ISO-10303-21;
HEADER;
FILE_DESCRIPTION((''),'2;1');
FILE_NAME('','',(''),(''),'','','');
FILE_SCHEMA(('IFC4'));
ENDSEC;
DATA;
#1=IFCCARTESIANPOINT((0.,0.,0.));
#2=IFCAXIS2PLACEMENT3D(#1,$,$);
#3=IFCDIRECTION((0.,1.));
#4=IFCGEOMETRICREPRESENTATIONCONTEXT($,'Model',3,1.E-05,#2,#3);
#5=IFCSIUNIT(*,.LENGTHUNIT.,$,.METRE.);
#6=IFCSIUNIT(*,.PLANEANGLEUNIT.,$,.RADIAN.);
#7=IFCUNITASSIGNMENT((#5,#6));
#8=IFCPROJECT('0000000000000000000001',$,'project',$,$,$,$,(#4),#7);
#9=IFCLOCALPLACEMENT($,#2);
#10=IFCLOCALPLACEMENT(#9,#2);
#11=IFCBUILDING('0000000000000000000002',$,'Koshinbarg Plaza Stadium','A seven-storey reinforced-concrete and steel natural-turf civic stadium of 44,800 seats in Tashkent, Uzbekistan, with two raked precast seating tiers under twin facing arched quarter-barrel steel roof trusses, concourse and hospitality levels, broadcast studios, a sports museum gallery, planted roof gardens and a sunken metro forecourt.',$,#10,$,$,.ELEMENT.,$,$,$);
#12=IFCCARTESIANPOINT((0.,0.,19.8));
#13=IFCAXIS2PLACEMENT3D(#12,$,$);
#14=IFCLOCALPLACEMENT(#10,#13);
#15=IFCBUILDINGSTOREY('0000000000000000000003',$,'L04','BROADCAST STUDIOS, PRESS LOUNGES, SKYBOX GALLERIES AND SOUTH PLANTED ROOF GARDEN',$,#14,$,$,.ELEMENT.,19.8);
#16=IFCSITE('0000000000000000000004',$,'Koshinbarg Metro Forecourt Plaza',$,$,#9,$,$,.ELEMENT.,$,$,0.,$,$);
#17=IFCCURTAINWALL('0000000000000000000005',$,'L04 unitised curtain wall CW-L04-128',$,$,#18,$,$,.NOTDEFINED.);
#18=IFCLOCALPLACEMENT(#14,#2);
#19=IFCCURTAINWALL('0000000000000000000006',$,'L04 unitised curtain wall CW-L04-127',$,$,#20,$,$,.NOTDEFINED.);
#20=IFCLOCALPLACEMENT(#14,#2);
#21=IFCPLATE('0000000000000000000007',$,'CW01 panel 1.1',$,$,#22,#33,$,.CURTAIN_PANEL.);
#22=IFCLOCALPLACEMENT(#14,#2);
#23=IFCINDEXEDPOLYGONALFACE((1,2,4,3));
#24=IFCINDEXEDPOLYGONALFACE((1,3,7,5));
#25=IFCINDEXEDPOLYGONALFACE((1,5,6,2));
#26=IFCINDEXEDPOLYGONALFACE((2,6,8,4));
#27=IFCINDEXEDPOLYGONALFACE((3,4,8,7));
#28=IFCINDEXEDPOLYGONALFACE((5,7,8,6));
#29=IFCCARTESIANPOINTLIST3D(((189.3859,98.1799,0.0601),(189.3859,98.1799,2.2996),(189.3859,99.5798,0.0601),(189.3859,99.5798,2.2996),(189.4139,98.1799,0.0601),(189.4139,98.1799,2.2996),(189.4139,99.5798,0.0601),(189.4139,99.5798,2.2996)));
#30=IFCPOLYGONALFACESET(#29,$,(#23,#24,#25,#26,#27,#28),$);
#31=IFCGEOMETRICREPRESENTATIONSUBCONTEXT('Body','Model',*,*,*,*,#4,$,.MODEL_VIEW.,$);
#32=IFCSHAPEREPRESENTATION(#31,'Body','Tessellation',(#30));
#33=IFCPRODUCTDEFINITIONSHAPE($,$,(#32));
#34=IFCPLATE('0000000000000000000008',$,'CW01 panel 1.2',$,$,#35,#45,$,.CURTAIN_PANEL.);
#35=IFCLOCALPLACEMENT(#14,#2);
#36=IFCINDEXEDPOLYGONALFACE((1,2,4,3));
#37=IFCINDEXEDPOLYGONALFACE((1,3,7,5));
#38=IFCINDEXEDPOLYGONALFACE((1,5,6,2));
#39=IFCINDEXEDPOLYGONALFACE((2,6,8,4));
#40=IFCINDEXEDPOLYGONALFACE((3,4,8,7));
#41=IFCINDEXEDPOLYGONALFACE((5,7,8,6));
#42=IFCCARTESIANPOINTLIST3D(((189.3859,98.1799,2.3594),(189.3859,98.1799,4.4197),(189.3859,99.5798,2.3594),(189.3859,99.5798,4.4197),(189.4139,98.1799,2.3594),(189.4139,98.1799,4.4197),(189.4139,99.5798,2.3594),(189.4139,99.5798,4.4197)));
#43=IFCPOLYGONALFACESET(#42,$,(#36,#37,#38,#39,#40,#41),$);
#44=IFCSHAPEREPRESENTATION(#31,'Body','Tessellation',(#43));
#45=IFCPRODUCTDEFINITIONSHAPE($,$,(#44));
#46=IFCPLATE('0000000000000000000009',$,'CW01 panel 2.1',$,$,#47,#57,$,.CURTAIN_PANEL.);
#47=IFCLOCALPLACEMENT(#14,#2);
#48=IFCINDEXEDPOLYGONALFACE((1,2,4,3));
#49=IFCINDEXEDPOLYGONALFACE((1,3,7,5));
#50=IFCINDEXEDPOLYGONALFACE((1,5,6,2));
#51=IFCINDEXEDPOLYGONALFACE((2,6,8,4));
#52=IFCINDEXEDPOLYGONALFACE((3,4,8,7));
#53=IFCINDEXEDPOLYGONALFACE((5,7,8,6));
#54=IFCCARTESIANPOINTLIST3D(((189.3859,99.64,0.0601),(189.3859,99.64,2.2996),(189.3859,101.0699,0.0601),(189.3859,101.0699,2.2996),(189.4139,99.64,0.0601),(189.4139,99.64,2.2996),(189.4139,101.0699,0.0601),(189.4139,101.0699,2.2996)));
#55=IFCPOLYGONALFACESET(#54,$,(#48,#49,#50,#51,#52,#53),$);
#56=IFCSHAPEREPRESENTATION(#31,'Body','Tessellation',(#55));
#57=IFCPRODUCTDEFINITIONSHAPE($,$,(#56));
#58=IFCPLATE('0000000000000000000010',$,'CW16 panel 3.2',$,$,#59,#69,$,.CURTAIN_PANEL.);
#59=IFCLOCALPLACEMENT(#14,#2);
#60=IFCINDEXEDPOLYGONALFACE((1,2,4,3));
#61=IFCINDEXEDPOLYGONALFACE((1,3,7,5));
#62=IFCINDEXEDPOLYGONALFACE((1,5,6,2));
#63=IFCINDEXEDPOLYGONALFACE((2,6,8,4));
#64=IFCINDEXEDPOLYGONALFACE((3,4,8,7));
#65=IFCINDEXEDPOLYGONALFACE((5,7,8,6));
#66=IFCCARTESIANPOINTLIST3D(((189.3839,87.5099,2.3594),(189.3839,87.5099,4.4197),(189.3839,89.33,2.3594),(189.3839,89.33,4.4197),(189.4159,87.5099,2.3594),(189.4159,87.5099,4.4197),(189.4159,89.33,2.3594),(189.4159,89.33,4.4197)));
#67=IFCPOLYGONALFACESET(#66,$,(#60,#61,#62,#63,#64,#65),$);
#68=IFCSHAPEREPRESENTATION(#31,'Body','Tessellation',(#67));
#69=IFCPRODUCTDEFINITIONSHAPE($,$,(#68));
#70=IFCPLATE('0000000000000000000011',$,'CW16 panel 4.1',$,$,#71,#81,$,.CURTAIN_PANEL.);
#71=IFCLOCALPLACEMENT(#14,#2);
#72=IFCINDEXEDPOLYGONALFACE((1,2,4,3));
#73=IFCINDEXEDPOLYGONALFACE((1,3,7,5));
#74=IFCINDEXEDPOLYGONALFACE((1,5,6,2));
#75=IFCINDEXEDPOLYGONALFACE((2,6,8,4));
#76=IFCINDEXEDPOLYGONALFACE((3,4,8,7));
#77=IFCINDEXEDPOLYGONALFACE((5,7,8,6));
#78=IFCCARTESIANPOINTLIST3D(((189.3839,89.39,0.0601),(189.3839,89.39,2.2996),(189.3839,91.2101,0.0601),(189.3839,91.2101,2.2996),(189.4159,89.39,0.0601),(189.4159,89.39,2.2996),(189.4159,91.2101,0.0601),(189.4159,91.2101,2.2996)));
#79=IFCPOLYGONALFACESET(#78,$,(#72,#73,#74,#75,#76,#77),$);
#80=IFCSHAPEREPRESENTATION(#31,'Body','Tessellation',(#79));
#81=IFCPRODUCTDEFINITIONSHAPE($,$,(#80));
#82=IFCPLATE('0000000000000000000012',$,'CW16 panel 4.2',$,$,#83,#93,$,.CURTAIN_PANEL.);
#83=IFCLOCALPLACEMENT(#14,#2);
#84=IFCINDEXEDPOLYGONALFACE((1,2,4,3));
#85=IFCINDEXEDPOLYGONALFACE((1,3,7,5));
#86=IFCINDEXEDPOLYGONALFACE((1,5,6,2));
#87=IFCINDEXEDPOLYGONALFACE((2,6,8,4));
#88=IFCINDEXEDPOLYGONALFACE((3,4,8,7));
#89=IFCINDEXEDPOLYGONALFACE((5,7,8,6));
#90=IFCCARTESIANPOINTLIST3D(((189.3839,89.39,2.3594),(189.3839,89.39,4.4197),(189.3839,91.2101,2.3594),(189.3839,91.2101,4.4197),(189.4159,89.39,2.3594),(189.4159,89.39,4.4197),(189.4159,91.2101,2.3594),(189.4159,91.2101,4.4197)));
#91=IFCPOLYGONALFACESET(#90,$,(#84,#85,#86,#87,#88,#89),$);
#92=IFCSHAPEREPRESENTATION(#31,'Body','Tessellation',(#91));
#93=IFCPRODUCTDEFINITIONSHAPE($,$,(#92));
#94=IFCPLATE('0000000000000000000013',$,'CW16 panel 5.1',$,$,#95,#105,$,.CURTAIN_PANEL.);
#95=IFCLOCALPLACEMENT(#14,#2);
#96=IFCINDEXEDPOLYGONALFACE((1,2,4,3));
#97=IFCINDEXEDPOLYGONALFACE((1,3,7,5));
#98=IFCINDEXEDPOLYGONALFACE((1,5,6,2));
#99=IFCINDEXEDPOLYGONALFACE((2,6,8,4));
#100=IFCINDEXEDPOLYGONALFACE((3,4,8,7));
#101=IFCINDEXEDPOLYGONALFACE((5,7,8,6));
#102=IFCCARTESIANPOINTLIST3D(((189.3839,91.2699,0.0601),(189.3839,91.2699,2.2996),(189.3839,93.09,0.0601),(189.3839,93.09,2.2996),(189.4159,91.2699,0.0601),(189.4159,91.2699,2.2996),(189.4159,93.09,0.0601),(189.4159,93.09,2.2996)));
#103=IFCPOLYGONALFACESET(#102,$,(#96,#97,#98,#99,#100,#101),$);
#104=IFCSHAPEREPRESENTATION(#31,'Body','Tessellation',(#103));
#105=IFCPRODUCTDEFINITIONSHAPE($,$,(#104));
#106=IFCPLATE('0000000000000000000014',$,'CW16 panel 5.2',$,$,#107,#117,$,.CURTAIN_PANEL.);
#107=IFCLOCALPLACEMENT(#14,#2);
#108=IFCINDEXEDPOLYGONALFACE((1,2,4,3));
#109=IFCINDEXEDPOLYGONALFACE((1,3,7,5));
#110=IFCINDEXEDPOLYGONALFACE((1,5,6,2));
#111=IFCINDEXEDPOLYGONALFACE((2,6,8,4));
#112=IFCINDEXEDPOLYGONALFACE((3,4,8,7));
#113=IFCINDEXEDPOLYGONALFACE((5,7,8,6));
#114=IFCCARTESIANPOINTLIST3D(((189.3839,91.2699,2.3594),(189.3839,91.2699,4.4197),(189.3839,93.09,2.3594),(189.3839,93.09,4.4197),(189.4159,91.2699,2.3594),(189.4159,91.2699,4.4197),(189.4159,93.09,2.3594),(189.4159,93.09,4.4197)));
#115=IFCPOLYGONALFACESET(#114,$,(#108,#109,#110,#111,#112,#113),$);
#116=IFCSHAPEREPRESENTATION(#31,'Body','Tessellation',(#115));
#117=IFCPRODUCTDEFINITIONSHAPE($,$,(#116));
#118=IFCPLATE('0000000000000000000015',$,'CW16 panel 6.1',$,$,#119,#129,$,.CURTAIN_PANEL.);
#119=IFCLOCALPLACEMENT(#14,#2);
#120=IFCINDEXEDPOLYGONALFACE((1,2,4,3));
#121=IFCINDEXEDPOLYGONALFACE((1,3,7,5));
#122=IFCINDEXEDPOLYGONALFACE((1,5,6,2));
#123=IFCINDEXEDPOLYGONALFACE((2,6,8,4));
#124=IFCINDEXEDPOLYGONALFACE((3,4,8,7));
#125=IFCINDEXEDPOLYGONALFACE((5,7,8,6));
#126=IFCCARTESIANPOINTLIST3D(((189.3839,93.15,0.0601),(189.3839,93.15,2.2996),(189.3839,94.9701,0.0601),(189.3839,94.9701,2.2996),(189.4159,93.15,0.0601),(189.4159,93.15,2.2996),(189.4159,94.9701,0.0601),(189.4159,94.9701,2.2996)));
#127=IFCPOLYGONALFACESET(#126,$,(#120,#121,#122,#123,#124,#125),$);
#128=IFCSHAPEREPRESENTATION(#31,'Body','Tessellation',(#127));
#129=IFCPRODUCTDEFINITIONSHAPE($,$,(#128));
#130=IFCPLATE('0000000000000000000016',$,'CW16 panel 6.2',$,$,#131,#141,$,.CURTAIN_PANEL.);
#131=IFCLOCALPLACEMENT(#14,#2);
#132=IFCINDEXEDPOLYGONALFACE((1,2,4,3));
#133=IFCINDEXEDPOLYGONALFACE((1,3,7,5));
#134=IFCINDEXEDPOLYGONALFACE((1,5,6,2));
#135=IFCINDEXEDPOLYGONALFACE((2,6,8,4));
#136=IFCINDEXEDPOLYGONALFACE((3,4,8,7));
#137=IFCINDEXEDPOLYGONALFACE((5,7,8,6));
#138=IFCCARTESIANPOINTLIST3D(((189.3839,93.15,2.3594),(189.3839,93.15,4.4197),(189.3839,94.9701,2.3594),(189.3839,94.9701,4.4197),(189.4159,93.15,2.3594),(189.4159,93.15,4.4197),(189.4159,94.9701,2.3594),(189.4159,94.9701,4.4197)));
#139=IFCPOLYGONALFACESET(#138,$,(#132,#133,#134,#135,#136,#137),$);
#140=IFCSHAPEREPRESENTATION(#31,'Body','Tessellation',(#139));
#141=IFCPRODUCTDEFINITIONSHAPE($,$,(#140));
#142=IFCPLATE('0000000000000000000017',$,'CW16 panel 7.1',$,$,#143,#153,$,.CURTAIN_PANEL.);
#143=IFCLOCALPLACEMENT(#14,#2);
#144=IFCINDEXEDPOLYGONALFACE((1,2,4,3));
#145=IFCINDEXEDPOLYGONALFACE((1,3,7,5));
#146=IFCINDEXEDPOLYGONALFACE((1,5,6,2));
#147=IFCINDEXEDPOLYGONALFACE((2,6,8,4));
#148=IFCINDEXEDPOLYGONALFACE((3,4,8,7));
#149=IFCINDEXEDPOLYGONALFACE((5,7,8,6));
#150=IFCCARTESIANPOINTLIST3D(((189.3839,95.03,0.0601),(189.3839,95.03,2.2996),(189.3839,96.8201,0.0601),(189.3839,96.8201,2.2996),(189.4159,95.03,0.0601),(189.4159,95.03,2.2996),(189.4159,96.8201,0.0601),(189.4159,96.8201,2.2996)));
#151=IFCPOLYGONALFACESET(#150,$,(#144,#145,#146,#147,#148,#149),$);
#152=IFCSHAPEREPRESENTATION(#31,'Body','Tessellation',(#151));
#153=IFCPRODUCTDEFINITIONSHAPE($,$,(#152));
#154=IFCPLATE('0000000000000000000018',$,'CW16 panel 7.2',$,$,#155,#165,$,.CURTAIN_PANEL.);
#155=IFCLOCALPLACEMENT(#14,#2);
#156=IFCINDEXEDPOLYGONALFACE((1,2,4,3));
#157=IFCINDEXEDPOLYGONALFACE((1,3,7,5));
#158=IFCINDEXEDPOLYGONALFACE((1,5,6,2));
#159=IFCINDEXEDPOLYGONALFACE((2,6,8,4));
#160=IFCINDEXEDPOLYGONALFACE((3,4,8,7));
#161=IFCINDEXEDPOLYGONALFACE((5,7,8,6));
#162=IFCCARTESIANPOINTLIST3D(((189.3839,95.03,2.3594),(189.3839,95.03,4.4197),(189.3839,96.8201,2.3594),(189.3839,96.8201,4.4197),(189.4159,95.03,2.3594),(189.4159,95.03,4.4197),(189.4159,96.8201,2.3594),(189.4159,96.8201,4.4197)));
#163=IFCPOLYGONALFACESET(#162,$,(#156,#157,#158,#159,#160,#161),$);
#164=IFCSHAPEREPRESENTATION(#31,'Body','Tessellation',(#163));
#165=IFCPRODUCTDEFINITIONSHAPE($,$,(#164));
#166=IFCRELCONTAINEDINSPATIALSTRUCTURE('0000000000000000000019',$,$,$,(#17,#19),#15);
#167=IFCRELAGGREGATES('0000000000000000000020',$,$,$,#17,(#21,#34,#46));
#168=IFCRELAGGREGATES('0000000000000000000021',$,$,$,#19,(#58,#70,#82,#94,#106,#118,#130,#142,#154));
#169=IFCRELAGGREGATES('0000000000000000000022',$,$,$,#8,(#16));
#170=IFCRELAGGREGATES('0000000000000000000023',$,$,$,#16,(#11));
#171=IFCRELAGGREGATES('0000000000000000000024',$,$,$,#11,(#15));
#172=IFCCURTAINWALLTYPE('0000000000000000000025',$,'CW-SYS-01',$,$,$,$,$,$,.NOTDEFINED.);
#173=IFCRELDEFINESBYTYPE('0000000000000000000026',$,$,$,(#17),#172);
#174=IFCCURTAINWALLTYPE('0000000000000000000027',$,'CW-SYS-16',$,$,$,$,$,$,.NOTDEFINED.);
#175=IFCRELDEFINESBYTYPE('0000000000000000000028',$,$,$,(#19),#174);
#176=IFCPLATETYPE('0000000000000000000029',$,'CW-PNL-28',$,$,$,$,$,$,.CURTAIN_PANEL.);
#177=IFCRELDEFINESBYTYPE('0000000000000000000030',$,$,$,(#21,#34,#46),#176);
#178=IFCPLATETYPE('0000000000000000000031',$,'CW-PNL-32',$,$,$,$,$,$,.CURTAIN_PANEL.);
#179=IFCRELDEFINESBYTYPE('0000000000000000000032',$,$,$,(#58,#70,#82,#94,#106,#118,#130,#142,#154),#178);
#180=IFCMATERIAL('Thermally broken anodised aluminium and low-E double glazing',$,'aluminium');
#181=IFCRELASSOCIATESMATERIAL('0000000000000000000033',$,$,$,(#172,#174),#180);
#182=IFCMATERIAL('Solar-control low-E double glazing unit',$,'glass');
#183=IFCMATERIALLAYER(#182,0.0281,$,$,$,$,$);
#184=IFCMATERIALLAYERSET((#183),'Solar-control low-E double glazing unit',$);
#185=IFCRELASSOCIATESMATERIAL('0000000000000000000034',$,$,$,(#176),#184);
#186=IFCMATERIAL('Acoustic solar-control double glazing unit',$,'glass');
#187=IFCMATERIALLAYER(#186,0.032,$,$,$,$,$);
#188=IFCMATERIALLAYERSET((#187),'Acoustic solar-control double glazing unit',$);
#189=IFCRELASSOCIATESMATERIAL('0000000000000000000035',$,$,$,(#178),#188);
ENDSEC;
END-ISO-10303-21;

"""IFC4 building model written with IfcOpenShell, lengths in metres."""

from ifc_helpers import new_model, si_unit, direction, frame, origin, origin_2d, place, context, subcontext, project, spatial, rectangle, extrude, material, layer, layer_set, type_object, element, aggregate, save


model = new_model("IFC4")

# Units and contexts
model_context = context("Model", 3, precision=1e-05, world=origin(), true_north=direction((0.0, 1.0)))
body_context = subcontext(model_context, "Body", "Model", "MODEL_VIEW")
ifc_project = project(units=[si_unit("LENGTHUNIT", "METRE"), si_unit("PLANEANGLEUNIT", "RADIAN")], contexts=[model_context])

# Site, building, storey
site_placement = place(None, origin())
site = spatial("IfcSite", under=ifc_project, at=site_placement, Name="Koshinbarg Metro Forecourt Plaza", CompositionType="ELEMENT", RefElevation=0.0)
building_placement = place(site_placement, origin())
building = spatial("IfcBuilding", under=site, at=building_placement, Name="Koshinbarg Plaza Stadium", Description="A seven-storey reinforced-concrete and steel natural-turf civic stadium of 44,800 seats in Tashkent, Uzbekistan, with two raked precast seating tiers under twin facing arched quarter-barrel steel roof trusses, concourse and hospitality levels, broadcast studios, a sports museum gallery, planted roof gardens and a sunken metro forecourt.", CompositionType="ELEMENT")
storey_placement = place(building_placement, frame((0.0, 0.0, 19.8)))
storey = spatial("IfcBuildingStorey", under=building, at=storey_placement, Name="L04", Description="BROADCAST STUDIOS, PRESS LOUNGES, SKYBOX GALLERIES AND SOUTH PLANTED ROOF GARDEN", CompositionType="ELEMENT", Elevation=19.8)

# Curtain walls
ifc_material_1 = material(Name="Thermally broken anodised aluminium and low-E double glazing", Category="aluminium")
curtain_wall_type_1 = type_object("IfcCurtainWallType", Name="CW-SYS-01", PredefinedType="NOTDEFINED", material=ifc_material_1)
curtain_wall_1_placement = place(storey_placement, origin())
curtain_wall_1 = element("IfcCurtainWall", 1, at=curtain_wall_1_placement, inside=storey, type_object=curtain_wall_type_1, Name="L04 unitised curtain wall CW-L04-128", PredefinedType="NOTDEFINED")
curtain_wall_type_2 = type_object("IfcCurtainWallType", Name="CW-SYS-16", PredefinedType="NOTDEFINED", material=ifc_material_1)
curtain_wall_2_placement = place(storey_placement, origin())
curtain_wall_2 = element("IfcCurtainWall", 2, at=curtain_wall_2_placement, inside=storey, type_object=curtain_wall_type_2, Name="L04 unitised curtain wall CW-L04-127", PredefinedType="NOTDEFINED")

# Plates
ifc_material_2 = material(Name="Solar-control low-E double glazing unit", Category="glass")
ifc_layer_1 = layer(ifc_material_2, 0.0281)
ifc_layer_set_1 = layer_set([ifc_layer_1], Name="Solar-control low-E double glazing unit")
plate_type_1 = type_object("IfcPlateType", Name="CW-PNL-28", PredefinedType="CURTAIN_PANEL", material=ifc_layer_set_1)
plate_1_placement = place(storey_placement, frame((189.3999, 98.8799, 0.0601), z_axis=(0.0, 0.0, 1.0), x_axis=(0.0, 1.0, 0.0)))
plate_1 = element("IfcPlate", 3, at=plate_1_placement, type_object=plate_type_1, Name="CW01 panel 1.1", PredefinedType="CURTAIN_PANEL", context=body_context, shape_type="SweptSolid", body=[
    extrude(rectangle(XDim=1.3999, YDim=0.0281, at=origin_2d()), origin(), (0.0, 0.0, 1.0), 2.2395),
])
plate_2_placement = place(storey_placement, frame((189.3999, 98.8799, 2.3594), z_axis=(0.0, 0.0, 1.0), x_axis=(0.0, 1.0, 0.0)))
plate_2 = element("IfcPlate", 4, at=plate_2_placement, type_object=plate_type_1, Name="CW01 panel 1.2", PredefinedType="CURTAIN_PANEL", context=body_context, shape_type="SweptSolid", body=[
    extrude(rectangle(XDim=1.3999, YDim=0.0281, at=origin_2d()), origin(), (0.0, 0.0, 1.0), 2.0603),
])
plate_3_placement = place(storey_placement, frame((189.3999, 100.355, 0.0601), z_axis=(0.0, 0.0, 1.0), x_axis=(0.0, 1.0, 0.0)))
plate_3 = element("IfcPlate", 5, at=plate_3_placement, type_object=plate_type_1, Name="CW01 panel 2.1", PredefinedType="CURTAIN_PANEL", context=body_context, shape_type="SweptSolid", body=[
    extrude(rectangle(XDim=1.4299, YDim=0.0281, at=origin_2d()), origin(), (0.0, 0.0, 1.0), 2.2395),
])
aggregate(curtain_wall_1, [plate_1, plate_2, plate_3])
ifc_material_3 = material(Name="Acoustic solar-control double glazing unit", Category="glass")
ifc_layer_2 = layer(ifc_material_3, 0.032)
ifc_layer_set_2 = layer_set([ifc_layer_2], Name="Acoustic solar-control double glazing unit")
plate_type_2 = type_object("IfcPlateType", Name="CW-PNL-32", PredefinedType="CURTAIN_PANEL", material=ifc_layer_set_2)
plate_4_placement = place(storey_placement, frame((189.3999, 88.4199, 2.3594), z_axis=(0.0, 0.0, 1.0), x_axis=(0.0, 1.0, 0.0)))
plate_4 = element("IfcPlate", 6, at=plate_4_placement, type_object=plate_type_2, Name="CW16 panel 3.2", PredefinedType="CURTAIN_PANEL", context=body_context, shape_type="SweptSolid", body=[
    extrude(rectangle(XDim=1.8201, YDim=0.032, at=origin_2d()), origin(), (0.0, 0.0, 1.0), 2.0603),
])
plate_5_placement = place(storey_placement, frame((189.3999, 90.3, 0.0601), z_axis=(0.0, 0.0, 1.0), x_axis=(0.0, 1.0, 0.0)))
plate_5 = element("IfcPlate", 7, at=plate_5_placement, type_object=plate_type_2, Name="CW16 panel 4.1", PredefinedType="CURTAIN_PANEL", context=body_context, shape_type="SweptSolid", body=[
    extrude(rectangle(XDim=1.8201, YDim=0.032, at=origin_2d()), origin(), (0.0, 0.0, 1.0), 2.2395),
])
plate_6_placement = place(storey_placement, frame((189.3999, 90.3, 2.3594), z_axis=(0.0, 0.0, 1.0), x_axis=(0.0, 1.0, 0.0)))
plate_6 = element("IfcPlate", 8, at=plate_6_placement, type_object=plate_type_2, Name="CW16 panel 4.2", PredefinedType="CURTAIN_PANEL", context=body_context, shape_type="SweptSolid", body=[
    extrude(rectangle(XDim=1.8201, YDim=0.032, at=origin_2d()), origin(), (0.0, 0.0, 1.0), 2.0603),
])
plate_7_placement = place(storey_placement, frame((189.3999, 92.1799, 0.0601), z_axis=(0.0, 0.0, 1.0), x_axis=(0.0, 1.0, 0.0)))
plate_7 = element("IfcPlate", 9, at=plate_7_placement, type_object=plate_type_2, Name="CW16 panel 5.1", PredefinedType="CURTAIN_PANEL", context=body_context, shape_type="SweptSolid", body=[
    extrude(rectangle(XDim=1.8201, YDim=0.032, at=origin_2d()), origin(), (0.0, 0.0, 1.0), 2.2395),
])
plate_8_placement = place(storey_placement, frame((189.3999, 92.1799, 2.3594), z_axis=(0.0, 0.0, 1.0), x_axis=(0.0, 1.0, 0.0)))
plate_8 = element("IfcPlate", 10, at=plate_8_placement, type_object=plate_type_2, Name="CW16 panel 5.2", PredefinedType="CURTAIN_PANEL", context=body_context, shape_type="SweptSolid", body=[
    extrude(rectangle(XDim=1.8201, YDim=0.032, at=origin_2d()), origin(), (0.0, 0.0, 1.0), 2.0603),
])
plate_9_placement = place(storey_placement, frame((189.3999, 94.0601, 0.0601), z_axis=(0.0, 0.0, 1.0), x_axis=(0.0, 1.0, 0.0)))
plate_9 = element("IfcPlate", 11, at=plate_9_placement, type_object=plate_type_2, Name="CW16 panel 6.1", PredefinedType="CURTAIN_PANEL", context=body_context, shape_type="SweptSolid", body=[
    extrude(rectangle(XDim=1.8201, YDim=0.032, at=origin_2d()), origin(), (0.0, 0.0, 1.0), 2.2395),
])
plate_10_placement = place(storey_placement, frame((189.3999, 94.0601, 2.3594), z_axis=(0.0, 0.0, 1.0), x_axis=(0.0, 1.0, 0.0)))
plate_10 = element("IfcPlate", 12, at=plate_10_placement, type_object=plate_type_2, Name="CW16 panel 6.2", PredefinedType="CURTAIN_PANEL", context=body_context, shape_type="SweptSolid", body=[
    extrude(rectangle(XDim=1.8201, YDim=0.032, at=origin_2d()), origin(), (0.0, 0.0, 1.0), 2.0603),
])
plate_11_placement = place(storey_placement, frame((189.3999, 95.925, 0.0601), z_axis=(0.0, 0.0, 1.0), x_axis=(0.0, 1.0, 0.0)))
plate_11 = element("IfcPlate", 13, at=plate_11_placement, type_object=plate_type_2, Name="CW16 panel 7.1", PredefinedType="CURTAIN_PANEL", context=body_context, shape_type="SweptSolid", body=[
    extrude(rectangle(XDim=1.79, YDim=0.032, at=origin_2d()), origin(), (0.0, 0.0, 1.0), 2.2395),
])
plate_12_placement = place(storey_placement, frame((189.3999, 95.925, 2.3594), z_axis=(0.0, 0.0, 1.0), x_axis=(0.0, 1.0, 0.0)))
plate_12 = element("IfcPlate", 14, at=plate_12_placement, type_object=plate_type_2, Name="CW16 panel 7.2", PredefinedType="CURTAIN_PANEL", context=body_context, shape_type="SweptSolid", body=[
    extrude(rectangle(XDim=1.79, YDim=0.032, at=origin_2d()), origin(), (0.0, 0.0, 1.0), 2.0603),
])
aggregate(curtain_wall_2, [plate_4, plate_5, plate_6, plate_7, plate_8, plate_9, plate_10, plate_11, plate_12])

save(model, "model.ifc")
